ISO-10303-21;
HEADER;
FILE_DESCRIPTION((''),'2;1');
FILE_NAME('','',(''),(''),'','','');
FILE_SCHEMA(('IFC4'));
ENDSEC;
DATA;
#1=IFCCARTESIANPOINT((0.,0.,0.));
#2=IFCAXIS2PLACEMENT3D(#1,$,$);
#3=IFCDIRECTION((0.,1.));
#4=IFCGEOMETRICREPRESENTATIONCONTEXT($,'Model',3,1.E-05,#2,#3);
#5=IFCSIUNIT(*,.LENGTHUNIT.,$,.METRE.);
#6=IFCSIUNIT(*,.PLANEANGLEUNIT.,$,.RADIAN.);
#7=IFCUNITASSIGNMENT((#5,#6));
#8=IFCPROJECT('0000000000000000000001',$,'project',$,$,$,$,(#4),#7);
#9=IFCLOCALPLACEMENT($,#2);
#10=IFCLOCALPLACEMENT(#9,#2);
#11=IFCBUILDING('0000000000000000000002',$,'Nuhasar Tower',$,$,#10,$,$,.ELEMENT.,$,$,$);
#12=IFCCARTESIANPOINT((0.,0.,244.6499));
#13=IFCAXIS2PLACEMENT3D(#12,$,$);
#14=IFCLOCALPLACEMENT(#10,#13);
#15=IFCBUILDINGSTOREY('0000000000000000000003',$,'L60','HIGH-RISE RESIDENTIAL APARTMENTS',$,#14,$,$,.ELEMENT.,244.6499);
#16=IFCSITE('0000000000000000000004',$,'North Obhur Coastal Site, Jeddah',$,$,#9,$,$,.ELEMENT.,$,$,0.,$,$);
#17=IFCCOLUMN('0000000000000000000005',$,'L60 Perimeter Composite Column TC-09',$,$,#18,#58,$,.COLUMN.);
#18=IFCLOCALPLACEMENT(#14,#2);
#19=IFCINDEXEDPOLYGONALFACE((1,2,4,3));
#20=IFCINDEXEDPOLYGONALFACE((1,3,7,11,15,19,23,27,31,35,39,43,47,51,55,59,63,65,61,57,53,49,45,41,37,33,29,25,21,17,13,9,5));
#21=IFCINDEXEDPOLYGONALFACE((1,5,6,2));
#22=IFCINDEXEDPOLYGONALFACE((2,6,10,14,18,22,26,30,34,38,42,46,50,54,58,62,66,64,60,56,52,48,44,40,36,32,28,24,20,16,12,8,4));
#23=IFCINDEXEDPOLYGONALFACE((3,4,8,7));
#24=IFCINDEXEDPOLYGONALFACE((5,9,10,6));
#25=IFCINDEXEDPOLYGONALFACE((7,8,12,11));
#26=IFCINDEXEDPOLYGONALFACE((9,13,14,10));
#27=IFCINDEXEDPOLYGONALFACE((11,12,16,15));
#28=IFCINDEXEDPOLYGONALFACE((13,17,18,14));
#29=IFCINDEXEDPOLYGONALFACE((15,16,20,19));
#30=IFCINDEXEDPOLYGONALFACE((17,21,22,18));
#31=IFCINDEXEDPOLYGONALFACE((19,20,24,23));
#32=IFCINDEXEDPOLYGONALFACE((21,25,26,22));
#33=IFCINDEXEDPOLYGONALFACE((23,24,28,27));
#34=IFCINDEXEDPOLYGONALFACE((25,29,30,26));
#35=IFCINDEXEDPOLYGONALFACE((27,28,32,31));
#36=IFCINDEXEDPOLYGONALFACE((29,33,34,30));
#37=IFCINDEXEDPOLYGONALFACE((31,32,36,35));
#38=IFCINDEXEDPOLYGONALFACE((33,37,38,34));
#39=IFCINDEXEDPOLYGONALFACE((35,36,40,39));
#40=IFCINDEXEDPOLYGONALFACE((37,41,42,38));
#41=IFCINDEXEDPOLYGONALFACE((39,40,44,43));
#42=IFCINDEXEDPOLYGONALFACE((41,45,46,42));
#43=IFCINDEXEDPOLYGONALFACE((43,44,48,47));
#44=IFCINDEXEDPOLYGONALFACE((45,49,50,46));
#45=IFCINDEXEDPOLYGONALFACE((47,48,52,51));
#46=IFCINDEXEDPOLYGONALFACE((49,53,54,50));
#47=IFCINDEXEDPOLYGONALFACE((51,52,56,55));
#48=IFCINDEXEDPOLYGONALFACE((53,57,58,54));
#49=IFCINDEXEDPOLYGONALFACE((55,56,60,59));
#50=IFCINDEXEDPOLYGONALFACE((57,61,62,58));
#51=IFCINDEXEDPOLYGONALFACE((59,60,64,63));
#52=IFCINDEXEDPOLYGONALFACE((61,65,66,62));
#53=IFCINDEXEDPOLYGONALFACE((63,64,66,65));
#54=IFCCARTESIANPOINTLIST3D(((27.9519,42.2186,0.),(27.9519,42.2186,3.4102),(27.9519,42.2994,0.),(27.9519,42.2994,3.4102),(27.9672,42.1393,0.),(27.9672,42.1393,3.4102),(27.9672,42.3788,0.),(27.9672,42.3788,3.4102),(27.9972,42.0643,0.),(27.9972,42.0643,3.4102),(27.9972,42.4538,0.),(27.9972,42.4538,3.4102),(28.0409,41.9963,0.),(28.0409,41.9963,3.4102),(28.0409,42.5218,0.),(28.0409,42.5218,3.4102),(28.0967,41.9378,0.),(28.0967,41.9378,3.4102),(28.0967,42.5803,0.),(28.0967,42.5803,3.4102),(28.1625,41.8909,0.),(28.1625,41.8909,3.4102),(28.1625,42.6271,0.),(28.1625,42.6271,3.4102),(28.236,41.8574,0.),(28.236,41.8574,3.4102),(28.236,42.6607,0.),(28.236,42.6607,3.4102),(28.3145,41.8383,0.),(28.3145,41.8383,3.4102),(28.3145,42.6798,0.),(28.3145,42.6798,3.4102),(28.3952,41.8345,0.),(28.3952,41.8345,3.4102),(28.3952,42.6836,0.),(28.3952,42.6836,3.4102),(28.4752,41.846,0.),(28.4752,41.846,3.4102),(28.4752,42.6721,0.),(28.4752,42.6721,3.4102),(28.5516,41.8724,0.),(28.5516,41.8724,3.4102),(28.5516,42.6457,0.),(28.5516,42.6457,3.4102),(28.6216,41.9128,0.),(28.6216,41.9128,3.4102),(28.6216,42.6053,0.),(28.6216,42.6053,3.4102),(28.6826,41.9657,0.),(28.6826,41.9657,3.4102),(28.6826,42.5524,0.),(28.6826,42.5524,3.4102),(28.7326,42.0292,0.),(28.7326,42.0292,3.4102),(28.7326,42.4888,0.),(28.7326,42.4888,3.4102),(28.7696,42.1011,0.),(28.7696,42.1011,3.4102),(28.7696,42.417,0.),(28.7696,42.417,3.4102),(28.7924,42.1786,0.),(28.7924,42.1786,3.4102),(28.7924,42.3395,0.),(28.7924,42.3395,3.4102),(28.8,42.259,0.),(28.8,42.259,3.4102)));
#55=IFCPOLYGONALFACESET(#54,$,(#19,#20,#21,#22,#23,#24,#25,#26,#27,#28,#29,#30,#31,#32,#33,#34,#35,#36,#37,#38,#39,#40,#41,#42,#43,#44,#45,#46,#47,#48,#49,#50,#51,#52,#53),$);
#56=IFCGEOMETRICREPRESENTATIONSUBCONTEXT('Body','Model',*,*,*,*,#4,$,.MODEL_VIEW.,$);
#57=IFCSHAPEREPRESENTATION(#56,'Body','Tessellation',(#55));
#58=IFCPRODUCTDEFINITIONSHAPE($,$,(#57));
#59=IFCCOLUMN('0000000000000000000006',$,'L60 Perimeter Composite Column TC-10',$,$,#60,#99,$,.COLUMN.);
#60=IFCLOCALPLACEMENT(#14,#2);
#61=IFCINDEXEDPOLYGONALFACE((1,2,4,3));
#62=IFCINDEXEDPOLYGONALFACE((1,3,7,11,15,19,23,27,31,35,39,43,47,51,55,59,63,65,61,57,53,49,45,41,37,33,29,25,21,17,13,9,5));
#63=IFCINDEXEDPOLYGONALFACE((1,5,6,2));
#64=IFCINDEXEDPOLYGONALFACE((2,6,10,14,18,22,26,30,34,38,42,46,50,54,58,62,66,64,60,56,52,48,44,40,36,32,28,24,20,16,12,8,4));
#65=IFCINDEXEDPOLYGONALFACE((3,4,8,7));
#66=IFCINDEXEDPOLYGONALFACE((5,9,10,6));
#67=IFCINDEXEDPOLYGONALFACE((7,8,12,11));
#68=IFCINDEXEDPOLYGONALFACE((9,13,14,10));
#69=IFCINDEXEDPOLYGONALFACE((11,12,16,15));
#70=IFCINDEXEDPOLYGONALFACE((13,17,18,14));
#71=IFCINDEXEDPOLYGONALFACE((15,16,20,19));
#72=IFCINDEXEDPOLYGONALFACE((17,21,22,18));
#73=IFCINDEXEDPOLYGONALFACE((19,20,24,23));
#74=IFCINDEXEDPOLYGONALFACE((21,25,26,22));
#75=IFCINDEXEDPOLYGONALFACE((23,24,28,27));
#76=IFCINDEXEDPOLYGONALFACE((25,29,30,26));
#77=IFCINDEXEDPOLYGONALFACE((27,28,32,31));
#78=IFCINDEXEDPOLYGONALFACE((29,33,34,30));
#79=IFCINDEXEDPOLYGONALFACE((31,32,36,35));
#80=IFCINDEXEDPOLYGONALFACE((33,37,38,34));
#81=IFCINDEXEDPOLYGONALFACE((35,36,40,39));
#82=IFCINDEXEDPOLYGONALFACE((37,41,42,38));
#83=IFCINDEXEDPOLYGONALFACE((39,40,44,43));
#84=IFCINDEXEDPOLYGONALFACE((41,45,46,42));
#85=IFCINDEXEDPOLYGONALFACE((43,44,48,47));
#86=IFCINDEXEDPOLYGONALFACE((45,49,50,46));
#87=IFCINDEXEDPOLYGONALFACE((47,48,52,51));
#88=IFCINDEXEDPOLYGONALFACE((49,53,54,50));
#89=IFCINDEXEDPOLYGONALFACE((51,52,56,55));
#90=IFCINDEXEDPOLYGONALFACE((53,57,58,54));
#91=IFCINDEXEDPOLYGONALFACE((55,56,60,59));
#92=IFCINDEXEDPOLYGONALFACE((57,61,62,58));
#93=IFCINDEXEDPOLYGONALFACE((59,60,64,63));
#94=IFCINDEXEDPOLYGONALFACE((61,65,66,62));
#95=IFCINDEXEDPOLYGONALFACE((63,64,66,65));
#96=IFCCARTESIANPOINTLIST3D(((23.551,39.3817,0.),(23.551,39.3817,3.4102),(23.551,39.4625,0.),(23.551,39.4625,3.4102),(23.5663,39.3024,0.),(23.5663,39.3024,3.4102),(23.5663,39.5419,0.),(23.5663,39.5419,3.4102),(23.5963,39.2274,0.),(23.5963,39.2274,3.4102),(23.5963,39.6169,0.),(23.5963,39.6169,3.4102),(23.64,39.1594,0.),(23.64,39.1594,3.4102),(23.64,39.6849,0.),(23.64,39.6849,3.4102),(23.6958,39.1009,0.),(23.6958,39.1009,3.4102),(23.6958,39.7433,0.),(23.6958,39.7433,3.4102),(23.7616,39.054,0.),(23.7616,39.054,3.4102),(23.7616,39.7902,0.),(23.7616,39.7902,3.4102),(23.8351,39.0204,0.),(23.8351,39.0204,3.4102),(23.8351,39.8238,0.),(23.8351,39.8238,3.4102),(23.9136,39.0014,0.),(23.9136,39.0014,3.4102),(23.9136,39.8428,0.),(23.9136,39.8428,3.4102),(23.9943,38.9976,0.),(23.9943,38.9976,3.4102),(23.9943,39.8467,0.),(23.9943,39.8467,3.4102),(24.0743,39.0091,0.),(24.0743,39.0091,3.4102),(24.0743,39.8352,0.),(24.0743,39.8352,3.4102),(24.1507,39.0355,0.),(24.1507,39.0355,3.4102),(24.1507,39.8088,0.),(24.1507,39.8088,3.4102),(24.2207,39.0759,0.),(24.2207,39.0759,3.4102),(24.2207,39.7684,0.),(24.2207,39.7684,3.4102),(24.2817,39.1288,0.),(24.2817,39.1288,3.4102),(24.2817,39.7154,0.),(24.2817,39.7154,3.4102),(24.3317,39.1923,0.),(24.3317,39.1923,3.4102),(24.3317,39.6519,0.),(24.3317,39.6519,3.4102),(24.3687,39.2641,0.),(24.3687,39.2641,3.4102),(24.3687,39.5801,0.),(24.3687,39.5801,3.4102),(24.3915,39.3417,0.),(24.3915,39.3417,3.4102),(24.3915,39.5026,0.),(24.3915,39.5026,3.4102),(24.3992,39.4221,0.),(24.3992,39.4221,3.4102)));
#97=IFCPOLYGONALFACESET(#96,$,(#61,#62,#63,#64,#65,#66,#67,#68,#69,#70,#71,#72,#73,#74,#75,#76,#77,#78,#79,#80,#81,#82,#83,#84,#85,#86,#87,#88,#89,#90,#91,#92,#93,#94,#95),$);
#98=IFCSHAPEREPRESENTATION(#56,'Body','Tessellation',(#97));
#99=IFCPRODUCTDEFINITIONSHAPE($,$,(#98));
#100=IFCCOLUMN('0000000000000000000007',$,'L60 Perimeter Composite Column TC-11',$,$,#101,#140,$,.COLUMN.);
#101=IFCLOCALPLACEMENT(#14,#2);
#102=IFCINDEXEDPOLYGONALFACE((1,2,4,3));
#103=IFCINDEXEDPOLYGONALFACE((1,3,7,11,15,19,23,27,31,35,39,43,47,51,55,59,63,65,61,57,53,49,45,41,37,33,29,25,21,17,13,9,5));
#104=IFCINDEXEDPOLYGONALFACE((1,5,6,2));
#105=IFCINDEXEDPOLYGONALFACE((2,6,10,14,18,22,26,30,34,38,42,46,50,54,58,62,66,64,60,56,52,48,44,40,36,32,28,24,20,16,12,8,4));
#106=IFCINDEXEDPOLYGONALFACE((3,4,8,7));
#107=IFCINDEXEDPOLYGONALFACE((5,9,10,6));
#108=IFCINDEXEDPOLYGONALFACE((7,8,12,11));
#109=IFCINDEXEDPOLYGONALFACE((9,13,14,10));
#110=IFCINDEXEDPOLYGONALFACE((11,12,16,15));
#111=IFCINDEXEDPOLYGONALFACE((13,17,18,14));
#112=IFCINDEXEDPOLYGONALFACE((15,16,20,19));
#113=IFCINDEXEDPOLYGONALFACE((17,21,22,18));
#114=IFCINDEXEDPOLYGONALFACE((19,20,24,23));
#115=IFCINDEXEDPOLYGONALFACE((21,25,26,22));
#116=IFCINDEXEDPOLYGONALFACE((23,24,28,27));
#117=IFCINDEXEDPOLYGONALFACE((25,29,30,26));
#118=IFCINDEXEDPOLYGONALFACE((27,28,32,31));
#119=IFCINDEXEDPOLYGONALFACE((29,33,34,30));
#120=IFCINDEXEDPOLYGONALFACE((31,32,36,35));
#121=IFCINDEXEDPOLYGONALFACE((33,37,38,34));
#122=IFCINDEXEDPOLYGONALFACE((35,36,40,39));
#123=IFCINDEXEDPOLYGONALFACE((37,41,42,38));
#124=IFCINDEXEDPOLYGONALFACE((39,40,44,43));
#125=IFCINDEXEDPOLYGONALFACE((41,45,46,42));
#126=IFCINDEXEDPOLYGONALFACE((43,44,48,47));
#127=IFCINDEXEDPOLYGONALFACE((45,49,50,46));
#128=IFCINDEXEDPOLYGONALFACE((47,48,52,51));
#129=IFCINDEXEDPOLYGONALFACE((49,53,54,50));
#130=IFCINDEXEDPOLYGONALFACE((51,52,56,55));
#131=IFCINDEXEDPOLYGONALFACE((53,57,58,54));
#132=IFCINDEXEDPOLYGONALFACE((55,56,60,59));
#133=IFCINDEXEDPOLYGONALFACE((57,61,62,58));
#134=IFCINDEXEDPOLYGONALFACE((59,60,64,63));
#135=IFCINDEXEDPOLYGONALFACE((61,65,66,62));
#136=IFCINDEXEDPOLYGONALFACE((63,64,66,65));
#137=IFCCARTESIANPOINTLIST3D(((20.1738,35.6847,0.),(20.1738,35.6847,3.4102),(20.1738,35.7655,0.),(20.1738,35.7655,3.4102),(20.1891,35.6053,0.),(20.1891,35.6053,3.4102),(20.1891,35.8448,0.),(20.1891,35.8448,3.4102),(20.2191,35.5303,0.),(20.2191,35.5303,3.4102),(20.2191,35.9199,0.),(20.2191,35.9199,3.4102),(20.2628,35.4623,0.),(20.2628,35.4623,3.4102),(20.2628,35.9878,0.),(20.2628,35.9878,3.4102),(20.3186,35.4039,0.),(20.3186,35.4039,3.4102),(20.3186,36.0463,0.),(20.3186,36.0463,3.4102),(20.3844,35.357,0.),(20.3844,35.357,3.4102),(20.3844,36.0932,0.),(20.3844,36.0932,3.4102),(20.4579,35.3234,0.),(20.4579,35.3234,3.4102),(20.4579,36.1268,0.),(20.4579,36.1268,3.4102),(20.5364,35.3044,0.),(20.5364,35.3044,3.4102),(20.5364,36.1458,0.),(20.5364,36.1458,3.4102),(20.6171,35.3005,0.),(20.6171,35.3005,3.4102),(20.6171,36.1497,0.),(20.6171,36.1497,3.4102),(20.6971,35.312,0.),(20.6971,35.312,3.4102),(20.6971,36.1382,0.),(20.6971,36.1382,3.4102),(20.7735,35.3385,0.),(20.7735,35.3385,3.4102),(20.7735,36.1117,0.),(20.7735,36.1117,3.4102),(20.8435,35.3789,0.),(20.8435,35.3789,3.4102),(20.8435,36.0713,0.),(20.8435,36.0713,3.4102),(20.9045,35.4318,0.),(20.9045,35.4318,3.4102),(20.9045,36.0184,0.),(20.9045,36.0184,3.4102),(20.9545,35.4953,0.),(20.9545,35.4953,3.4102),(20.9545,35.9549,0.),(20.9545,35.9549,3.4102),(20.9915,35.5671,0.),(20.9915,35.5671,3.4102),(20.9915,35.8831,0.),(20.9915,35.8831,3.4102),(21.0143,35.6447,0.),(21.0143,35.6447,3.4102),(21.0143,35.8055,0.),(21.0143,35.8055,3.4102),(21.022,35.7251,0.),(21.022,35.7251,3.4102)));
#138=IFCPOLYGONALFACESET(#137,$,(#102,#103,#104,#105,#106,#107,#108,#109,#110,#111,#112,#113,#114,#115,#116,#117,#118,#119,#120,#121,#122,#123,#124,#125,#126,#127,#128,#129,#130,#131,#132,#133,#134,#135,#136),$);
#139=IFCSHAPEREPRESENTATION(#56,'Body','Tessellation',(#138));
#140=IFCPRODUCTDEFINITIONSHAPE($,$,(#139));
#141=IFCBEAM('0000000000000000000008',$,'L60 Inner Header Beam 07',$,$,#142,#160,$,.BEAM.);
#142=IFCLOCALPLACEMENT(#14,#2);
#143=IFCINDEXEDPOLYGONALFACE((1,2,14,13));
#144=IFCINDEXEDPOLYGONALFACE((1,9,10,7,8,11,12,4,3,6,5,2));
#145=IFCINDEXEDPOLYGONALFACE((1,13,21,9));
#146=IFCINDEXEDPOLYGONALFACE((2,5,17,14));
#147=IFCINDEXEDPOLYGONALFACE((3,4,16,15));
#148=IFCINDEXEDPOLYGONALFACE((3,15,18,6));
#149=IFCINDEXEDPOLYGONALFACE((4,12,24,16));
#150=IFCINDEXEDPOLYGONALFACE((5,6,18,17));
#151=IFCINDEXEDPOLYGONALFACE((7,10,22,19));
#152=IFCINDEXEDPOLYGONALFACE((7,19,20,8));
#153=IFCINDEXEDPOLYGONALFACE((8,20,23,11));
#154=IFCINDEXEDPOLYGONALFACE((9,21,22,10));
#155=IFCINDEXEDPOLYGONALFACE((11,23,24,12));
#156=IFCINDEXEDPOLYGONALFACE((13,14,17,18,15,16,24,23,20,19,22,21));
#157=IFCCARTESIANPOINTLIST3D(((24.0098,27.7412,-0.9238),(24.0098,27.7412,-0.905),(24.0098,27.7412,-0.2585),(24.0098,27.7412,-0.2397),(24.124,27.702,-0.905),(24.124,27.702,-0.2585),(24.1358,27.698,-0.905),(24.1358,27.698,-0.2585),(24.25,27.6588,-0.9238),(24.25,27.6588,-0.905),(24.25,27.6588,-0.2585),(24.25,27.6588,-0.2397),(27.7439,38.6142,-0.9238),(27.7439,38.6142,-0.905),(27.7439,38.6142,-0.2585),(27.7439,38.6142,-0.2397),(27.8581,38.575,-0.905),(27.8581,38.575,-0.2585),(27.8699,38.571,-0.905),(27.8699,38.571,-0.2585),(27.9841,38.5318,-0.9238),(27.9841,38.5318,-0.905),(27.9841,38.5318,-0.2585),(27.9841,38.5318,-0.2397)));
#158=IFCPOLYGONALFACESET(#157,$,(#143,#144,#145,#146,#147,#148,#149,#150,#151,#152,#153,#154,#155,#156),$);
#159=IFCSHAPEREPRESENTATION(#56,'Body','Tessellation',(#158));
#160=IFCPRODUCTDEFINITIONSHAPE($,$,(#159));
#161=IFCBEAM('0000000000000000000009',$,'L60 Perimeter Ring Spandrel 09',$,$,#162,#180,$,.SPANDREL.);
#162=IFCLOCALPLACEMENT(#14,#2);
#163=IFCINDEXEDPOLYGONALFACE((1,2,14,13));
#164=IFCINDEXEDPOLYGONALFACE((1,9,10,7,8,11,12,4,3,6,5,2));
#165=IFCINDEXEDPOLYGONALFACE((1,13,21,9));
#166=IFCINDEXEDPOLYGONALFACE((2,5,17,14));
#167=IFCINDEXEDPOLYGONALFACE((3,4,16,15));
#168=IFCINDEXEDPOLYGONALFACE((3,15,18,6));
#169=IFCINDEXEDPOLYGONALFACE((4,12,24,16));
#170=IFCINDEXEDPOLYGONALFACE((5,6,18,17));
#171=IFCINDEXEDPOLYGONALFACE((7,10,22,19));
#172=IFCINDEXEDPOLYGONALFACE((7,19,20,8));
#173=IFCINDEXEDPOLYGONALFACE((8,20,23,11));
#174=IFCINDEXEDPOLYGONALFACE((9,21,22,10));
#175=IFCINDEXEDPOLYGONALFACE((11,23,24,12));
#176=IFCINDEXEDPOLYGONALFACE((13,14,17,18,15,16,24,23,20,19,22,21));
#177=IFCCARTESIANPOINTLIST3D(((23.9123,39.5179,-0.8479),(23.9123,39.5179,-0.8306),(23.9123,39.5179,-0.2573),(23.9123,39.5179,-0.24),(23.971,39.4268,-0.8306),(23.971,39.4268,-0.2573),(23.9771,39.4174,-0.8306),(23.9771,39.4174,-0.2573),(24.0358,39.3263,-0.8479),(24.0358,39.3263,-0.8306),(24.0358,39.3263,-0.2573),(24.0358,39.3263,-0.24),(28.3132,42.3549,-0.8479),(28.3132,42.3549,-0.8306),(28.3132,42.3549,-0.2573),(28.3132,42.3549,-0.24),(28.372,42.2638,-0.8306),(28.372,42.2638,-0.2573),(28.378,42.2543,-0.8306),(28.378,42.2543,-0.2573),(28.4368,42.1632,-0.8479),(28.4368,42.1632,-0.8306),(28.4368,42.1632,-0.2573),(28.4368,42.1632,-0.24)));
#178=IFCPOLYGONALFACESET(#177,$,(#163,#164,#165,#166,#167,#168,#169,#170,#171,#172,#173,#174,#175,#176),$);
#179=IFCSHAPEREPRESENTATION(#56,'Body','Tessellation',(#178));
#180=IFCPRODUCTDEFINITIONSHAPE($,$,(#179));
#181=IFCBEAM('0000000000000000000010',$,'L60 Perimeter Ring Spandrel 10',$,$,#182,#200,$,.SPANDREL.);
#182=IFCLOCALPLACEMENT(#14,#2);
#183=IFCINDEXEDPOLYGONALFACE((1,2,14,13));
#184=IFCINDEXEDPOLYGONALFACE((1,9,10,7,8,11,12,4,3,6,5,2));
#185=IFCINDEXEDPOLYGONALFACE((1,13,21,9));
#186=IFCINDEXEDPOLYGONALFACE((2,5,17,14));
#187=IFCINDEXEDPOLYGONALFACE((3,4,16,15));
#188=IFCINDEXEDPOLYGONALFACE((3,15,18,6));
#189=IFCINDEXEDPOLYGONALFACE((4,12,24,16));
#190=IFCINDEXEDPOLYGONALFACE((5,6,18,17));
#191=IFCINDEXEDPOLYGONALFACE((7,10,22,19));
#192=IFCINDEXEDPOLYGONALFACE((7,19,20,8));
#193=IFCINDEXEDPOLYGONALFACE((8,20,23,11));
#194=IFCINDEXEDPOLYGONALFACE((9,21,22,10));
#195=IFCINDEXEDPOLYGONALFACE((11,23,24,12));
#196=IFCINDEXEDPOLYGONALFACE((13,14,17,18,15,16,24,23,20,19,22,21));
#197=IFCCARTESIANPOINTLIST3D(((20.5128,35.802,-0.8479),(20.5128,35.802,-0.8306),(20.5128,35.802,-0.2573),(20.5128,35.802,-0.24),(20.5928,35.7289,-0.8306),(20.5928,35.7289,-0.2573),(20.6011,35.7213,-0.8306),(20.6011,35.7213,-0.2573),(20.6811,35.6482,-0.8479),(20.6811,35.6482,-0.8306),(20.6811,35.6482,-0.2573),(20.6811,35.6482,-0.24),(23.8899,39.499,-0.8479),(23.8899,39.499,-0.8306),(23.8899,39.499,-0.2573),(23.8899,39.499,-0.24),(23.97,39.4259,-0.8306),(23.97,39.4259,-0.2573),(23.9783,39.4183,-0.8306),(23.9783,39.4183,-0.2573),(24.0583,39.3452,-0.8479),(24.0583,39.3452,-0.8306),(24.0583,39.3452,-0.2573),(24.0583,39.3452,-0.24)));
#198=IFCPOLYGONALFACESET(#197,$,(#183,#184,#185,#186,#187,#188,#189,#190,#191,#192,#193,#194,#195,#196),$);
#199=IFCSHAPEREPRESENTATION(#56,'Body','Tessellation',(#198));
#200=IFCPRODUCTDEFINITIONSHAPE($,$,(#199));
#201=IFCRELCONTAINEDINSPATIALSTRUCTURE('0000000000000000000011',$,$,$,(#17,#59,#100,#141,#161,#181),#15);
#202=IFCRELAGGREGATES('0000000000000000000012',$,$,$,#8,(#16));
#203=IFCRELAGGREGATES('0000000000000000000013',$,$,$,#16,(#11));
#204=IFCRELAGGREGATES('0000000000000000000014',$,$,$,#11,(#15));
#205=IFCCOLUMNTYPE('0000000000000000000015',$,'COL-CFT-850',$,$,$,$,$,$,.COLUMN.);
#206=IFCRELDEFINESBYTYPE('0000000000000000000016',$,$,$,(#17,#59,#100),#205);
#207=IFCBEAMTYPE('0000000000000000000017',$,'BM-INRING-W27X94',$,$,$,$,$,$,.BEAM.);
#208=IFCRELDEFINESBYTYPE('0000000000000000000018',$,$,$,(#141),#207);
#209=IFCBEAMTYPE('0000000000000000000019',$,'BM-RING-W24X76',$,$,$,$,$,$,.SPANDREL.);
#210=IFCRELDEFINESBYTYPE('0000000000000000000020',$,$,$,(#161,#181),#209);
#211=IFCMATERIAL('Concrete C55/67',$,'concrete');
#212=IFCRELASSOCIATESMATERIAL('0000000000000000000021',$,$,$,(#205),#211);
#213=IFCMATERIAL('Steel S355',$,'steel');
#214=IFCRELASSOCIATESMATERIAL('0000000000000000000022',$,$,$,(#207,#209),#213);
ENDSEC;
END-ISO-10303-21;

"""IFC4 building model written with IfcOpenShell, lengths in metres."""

from ifc_helpers import new_model, si_unit, direction, frame, origin, origin_2d, place, context, subcontext, project, spatial, circle, i_section, extrude, material, material_profile, profile_set, type_object, element, save


model = new_model("IFC4")

# Units and contexts
model_context = context("Model", 3, precision=1e-05, world=origin(), true_north=direction((0.0, 1.0)))
body_context = subcontext(model_context, "Body", "Model", "MODEL_VIEW")
ifc_project = project(units=[si_unit("LENGTHUNIT", "METRE"), si_unit("PLANEANGLEUNIT", "RADIAN")], contexts=[model_context])

# Site, building, storey
site_placement = place(None, origin())
site = spatial("IfcSite", under=ifc_project, at=site_placement, Name="North Obhur Coastal Site, Jeddah", CompositionType="ELEMENT", RefElevation=0.0)
building_placement = place(site_placement, origin())
building = spatial("IfcBuilding", under=site, at=building_placement, Name="Nuhasar Tower", CompositionType="ELEMENT")
storey_placement = place(building_placement, frame((0.0, 0.0, 244.6499)))
storey = spatial("IfcBuildingStorey", under=building, at=storey_placement, Name="L60", Description="HIGH-RISE RESIDENTIAL APARTMENTS", CompositionType="ELEMENT", Elevation=244.6499)

# Columns
ifc_material_1 = material(Name="Concrete C55/67", Category="concrete")
ifc_material_profile_1 = material_profile(ifc_material_1, circle(Radius=0.425, at=origin_2d()), Name="CFT850")
ifc_profile_set_1 = profile_set([ifc_material_profile_1], Name="Concrete C55/67")
column_type = type_object("IfcColumnType", Name="COL-CFT-850", PredefinedType="COLUMN", material=ifc_profile_set_1)
for number, where, z_axis, x_axis, name in (
    (1, (28.375, 42.259, 0.0), (0.0, 0.0, 1.0), (1.0, 0.0, 0.0), "L60 Perimeter Composite Column TC-09"),
    (2, (23.9741, 39.4221, 0.0), (0.0, 0.0, 1.0), (1.0, 0.0, 0.0), "L60 Perimeter Composite Column TC-10"),
    (3, (20.5969, 35.7251, 0.0), (0.0, 0.0, 1.0), (1.0, 0.0, 0.0), "L60 Perimeter Composite Column TC-11"),
):
    element("IfcColumn", number, at=place(storey_placement, frame(where, z_axis=z_axis, x_axis=x_axis)), inside=storey, type_object=column_type, Name=name, PredefinedType="COLUMN", context=body_context, shape_type="SweptSolid", body=[
        extrude(circle(Radius=0.425, at=origin_2d()), origin(), (0.0, 0.0, 1.0), 3.4102),
    ])

# Beams
ifc_material_2 = material(Name="Steel S355", Category="steel")
ifc_material_profile_2 = material_profile(ifc_material_2, i_section(OverallWidth=0.2539, OverallDepth=0.6841, WebThickness=0.0125, FlangeThickness=0.0188, at=origin_2d()), Name="W27X94")
ifc_profile_set_2 = profile_set([ifc_material_profile_2], Name="Steel S355")
beam_type_1 = type_object("IfcBeamType", Name="BM-INRING-W27X94", PredefinedType="BEAM", material=ifc_profile_set_2)
beam_1_placement = place(storey_placement, frame((27.864, 38.573, -0.5818), z_axis=(-0.324809, -0.94578, 0.0), x_axis=(0.94578, -0.324809, 0.0)))
element("IfcBeam", 4, at=beam_1_placement, inside=storey, type_object=beam_type_1, Name="L60 Inner Header Beam 07", PredefinedType="BEAM", context=body_context, shape_type="SweptSolid", body=[
    extrude(i_section(OverallWidth=0.2539, OverallDepth=0.6841, WebThickness=0.0125, FlangeThickness=0.0188, at=origin_2d()), origin(), (0.0, 0.0, 1.0), 11.4963),
])
ifc_material_profile_3 = material_profile(ifc_material_2, i_section(OverallWidth=0.228, OverallDepth=0.6079, WebThickness=0.0112, FlangeThickness=0.0173, at=origin_2d()), Name="W24X76")
ifc_profile_set_3 = profile_set([ifc_material_profile_3], Name="Steel S355")
beam_type_2 = type_object("IfcBeamType", Name="BM-RING-W24X76", PredefinedType="SPANDREL", material=ifc_profile_set_3)
beam_2_placement = place(storey_placement, frame((28.375, 42.259, -0.5439), z_axis=(-0.840502, -0.541808, 0.0), x_axis=(0.541808, -0.840502, 0.0)))
element("IfcBeam", 5, at=beam_2_placement, inside=storey, type_object=beam_type_2, Name="L60 Perimeter Ring Spandrel 09", PredefinedType="SPANDREL", context=body_context, shape_type="SweptSolid", body=[
    extrude(i_section(OverallWidth=0.228, OverallDepth=0.6079, WebThickness=0.0112, FlangeThickness=0.0173, at=origin_2d()), origin(), (0.0, 0.0, 1.0), 5.2361),
])
beam_3_placement = place(storey_placement, frame((23.9741, 39.4221, -0.5439), z_axis=(-0.67445, -0.738321, 0.0), x_axis=(0.738321, -0.67445, 0.0)))
element("IfcBeam", 6, at=beam_3_placement, inside=storey, type_object=beam_type_2, Name="L60 Perimeter Ring Spandrel 10", PredefinedType="SPANDREL", context=body_context, shape_type="SweptSolid", body=[
    extrude(i_section(OverallWidth=0.228, OverallDepth=0.6079, WebThickness=0.0112, FlangeThickness=0.0173, at=origin_2d()), origin(), (0.0, 0.0, 1.0), 5.0073),
])

save(model, "model.ifc")
